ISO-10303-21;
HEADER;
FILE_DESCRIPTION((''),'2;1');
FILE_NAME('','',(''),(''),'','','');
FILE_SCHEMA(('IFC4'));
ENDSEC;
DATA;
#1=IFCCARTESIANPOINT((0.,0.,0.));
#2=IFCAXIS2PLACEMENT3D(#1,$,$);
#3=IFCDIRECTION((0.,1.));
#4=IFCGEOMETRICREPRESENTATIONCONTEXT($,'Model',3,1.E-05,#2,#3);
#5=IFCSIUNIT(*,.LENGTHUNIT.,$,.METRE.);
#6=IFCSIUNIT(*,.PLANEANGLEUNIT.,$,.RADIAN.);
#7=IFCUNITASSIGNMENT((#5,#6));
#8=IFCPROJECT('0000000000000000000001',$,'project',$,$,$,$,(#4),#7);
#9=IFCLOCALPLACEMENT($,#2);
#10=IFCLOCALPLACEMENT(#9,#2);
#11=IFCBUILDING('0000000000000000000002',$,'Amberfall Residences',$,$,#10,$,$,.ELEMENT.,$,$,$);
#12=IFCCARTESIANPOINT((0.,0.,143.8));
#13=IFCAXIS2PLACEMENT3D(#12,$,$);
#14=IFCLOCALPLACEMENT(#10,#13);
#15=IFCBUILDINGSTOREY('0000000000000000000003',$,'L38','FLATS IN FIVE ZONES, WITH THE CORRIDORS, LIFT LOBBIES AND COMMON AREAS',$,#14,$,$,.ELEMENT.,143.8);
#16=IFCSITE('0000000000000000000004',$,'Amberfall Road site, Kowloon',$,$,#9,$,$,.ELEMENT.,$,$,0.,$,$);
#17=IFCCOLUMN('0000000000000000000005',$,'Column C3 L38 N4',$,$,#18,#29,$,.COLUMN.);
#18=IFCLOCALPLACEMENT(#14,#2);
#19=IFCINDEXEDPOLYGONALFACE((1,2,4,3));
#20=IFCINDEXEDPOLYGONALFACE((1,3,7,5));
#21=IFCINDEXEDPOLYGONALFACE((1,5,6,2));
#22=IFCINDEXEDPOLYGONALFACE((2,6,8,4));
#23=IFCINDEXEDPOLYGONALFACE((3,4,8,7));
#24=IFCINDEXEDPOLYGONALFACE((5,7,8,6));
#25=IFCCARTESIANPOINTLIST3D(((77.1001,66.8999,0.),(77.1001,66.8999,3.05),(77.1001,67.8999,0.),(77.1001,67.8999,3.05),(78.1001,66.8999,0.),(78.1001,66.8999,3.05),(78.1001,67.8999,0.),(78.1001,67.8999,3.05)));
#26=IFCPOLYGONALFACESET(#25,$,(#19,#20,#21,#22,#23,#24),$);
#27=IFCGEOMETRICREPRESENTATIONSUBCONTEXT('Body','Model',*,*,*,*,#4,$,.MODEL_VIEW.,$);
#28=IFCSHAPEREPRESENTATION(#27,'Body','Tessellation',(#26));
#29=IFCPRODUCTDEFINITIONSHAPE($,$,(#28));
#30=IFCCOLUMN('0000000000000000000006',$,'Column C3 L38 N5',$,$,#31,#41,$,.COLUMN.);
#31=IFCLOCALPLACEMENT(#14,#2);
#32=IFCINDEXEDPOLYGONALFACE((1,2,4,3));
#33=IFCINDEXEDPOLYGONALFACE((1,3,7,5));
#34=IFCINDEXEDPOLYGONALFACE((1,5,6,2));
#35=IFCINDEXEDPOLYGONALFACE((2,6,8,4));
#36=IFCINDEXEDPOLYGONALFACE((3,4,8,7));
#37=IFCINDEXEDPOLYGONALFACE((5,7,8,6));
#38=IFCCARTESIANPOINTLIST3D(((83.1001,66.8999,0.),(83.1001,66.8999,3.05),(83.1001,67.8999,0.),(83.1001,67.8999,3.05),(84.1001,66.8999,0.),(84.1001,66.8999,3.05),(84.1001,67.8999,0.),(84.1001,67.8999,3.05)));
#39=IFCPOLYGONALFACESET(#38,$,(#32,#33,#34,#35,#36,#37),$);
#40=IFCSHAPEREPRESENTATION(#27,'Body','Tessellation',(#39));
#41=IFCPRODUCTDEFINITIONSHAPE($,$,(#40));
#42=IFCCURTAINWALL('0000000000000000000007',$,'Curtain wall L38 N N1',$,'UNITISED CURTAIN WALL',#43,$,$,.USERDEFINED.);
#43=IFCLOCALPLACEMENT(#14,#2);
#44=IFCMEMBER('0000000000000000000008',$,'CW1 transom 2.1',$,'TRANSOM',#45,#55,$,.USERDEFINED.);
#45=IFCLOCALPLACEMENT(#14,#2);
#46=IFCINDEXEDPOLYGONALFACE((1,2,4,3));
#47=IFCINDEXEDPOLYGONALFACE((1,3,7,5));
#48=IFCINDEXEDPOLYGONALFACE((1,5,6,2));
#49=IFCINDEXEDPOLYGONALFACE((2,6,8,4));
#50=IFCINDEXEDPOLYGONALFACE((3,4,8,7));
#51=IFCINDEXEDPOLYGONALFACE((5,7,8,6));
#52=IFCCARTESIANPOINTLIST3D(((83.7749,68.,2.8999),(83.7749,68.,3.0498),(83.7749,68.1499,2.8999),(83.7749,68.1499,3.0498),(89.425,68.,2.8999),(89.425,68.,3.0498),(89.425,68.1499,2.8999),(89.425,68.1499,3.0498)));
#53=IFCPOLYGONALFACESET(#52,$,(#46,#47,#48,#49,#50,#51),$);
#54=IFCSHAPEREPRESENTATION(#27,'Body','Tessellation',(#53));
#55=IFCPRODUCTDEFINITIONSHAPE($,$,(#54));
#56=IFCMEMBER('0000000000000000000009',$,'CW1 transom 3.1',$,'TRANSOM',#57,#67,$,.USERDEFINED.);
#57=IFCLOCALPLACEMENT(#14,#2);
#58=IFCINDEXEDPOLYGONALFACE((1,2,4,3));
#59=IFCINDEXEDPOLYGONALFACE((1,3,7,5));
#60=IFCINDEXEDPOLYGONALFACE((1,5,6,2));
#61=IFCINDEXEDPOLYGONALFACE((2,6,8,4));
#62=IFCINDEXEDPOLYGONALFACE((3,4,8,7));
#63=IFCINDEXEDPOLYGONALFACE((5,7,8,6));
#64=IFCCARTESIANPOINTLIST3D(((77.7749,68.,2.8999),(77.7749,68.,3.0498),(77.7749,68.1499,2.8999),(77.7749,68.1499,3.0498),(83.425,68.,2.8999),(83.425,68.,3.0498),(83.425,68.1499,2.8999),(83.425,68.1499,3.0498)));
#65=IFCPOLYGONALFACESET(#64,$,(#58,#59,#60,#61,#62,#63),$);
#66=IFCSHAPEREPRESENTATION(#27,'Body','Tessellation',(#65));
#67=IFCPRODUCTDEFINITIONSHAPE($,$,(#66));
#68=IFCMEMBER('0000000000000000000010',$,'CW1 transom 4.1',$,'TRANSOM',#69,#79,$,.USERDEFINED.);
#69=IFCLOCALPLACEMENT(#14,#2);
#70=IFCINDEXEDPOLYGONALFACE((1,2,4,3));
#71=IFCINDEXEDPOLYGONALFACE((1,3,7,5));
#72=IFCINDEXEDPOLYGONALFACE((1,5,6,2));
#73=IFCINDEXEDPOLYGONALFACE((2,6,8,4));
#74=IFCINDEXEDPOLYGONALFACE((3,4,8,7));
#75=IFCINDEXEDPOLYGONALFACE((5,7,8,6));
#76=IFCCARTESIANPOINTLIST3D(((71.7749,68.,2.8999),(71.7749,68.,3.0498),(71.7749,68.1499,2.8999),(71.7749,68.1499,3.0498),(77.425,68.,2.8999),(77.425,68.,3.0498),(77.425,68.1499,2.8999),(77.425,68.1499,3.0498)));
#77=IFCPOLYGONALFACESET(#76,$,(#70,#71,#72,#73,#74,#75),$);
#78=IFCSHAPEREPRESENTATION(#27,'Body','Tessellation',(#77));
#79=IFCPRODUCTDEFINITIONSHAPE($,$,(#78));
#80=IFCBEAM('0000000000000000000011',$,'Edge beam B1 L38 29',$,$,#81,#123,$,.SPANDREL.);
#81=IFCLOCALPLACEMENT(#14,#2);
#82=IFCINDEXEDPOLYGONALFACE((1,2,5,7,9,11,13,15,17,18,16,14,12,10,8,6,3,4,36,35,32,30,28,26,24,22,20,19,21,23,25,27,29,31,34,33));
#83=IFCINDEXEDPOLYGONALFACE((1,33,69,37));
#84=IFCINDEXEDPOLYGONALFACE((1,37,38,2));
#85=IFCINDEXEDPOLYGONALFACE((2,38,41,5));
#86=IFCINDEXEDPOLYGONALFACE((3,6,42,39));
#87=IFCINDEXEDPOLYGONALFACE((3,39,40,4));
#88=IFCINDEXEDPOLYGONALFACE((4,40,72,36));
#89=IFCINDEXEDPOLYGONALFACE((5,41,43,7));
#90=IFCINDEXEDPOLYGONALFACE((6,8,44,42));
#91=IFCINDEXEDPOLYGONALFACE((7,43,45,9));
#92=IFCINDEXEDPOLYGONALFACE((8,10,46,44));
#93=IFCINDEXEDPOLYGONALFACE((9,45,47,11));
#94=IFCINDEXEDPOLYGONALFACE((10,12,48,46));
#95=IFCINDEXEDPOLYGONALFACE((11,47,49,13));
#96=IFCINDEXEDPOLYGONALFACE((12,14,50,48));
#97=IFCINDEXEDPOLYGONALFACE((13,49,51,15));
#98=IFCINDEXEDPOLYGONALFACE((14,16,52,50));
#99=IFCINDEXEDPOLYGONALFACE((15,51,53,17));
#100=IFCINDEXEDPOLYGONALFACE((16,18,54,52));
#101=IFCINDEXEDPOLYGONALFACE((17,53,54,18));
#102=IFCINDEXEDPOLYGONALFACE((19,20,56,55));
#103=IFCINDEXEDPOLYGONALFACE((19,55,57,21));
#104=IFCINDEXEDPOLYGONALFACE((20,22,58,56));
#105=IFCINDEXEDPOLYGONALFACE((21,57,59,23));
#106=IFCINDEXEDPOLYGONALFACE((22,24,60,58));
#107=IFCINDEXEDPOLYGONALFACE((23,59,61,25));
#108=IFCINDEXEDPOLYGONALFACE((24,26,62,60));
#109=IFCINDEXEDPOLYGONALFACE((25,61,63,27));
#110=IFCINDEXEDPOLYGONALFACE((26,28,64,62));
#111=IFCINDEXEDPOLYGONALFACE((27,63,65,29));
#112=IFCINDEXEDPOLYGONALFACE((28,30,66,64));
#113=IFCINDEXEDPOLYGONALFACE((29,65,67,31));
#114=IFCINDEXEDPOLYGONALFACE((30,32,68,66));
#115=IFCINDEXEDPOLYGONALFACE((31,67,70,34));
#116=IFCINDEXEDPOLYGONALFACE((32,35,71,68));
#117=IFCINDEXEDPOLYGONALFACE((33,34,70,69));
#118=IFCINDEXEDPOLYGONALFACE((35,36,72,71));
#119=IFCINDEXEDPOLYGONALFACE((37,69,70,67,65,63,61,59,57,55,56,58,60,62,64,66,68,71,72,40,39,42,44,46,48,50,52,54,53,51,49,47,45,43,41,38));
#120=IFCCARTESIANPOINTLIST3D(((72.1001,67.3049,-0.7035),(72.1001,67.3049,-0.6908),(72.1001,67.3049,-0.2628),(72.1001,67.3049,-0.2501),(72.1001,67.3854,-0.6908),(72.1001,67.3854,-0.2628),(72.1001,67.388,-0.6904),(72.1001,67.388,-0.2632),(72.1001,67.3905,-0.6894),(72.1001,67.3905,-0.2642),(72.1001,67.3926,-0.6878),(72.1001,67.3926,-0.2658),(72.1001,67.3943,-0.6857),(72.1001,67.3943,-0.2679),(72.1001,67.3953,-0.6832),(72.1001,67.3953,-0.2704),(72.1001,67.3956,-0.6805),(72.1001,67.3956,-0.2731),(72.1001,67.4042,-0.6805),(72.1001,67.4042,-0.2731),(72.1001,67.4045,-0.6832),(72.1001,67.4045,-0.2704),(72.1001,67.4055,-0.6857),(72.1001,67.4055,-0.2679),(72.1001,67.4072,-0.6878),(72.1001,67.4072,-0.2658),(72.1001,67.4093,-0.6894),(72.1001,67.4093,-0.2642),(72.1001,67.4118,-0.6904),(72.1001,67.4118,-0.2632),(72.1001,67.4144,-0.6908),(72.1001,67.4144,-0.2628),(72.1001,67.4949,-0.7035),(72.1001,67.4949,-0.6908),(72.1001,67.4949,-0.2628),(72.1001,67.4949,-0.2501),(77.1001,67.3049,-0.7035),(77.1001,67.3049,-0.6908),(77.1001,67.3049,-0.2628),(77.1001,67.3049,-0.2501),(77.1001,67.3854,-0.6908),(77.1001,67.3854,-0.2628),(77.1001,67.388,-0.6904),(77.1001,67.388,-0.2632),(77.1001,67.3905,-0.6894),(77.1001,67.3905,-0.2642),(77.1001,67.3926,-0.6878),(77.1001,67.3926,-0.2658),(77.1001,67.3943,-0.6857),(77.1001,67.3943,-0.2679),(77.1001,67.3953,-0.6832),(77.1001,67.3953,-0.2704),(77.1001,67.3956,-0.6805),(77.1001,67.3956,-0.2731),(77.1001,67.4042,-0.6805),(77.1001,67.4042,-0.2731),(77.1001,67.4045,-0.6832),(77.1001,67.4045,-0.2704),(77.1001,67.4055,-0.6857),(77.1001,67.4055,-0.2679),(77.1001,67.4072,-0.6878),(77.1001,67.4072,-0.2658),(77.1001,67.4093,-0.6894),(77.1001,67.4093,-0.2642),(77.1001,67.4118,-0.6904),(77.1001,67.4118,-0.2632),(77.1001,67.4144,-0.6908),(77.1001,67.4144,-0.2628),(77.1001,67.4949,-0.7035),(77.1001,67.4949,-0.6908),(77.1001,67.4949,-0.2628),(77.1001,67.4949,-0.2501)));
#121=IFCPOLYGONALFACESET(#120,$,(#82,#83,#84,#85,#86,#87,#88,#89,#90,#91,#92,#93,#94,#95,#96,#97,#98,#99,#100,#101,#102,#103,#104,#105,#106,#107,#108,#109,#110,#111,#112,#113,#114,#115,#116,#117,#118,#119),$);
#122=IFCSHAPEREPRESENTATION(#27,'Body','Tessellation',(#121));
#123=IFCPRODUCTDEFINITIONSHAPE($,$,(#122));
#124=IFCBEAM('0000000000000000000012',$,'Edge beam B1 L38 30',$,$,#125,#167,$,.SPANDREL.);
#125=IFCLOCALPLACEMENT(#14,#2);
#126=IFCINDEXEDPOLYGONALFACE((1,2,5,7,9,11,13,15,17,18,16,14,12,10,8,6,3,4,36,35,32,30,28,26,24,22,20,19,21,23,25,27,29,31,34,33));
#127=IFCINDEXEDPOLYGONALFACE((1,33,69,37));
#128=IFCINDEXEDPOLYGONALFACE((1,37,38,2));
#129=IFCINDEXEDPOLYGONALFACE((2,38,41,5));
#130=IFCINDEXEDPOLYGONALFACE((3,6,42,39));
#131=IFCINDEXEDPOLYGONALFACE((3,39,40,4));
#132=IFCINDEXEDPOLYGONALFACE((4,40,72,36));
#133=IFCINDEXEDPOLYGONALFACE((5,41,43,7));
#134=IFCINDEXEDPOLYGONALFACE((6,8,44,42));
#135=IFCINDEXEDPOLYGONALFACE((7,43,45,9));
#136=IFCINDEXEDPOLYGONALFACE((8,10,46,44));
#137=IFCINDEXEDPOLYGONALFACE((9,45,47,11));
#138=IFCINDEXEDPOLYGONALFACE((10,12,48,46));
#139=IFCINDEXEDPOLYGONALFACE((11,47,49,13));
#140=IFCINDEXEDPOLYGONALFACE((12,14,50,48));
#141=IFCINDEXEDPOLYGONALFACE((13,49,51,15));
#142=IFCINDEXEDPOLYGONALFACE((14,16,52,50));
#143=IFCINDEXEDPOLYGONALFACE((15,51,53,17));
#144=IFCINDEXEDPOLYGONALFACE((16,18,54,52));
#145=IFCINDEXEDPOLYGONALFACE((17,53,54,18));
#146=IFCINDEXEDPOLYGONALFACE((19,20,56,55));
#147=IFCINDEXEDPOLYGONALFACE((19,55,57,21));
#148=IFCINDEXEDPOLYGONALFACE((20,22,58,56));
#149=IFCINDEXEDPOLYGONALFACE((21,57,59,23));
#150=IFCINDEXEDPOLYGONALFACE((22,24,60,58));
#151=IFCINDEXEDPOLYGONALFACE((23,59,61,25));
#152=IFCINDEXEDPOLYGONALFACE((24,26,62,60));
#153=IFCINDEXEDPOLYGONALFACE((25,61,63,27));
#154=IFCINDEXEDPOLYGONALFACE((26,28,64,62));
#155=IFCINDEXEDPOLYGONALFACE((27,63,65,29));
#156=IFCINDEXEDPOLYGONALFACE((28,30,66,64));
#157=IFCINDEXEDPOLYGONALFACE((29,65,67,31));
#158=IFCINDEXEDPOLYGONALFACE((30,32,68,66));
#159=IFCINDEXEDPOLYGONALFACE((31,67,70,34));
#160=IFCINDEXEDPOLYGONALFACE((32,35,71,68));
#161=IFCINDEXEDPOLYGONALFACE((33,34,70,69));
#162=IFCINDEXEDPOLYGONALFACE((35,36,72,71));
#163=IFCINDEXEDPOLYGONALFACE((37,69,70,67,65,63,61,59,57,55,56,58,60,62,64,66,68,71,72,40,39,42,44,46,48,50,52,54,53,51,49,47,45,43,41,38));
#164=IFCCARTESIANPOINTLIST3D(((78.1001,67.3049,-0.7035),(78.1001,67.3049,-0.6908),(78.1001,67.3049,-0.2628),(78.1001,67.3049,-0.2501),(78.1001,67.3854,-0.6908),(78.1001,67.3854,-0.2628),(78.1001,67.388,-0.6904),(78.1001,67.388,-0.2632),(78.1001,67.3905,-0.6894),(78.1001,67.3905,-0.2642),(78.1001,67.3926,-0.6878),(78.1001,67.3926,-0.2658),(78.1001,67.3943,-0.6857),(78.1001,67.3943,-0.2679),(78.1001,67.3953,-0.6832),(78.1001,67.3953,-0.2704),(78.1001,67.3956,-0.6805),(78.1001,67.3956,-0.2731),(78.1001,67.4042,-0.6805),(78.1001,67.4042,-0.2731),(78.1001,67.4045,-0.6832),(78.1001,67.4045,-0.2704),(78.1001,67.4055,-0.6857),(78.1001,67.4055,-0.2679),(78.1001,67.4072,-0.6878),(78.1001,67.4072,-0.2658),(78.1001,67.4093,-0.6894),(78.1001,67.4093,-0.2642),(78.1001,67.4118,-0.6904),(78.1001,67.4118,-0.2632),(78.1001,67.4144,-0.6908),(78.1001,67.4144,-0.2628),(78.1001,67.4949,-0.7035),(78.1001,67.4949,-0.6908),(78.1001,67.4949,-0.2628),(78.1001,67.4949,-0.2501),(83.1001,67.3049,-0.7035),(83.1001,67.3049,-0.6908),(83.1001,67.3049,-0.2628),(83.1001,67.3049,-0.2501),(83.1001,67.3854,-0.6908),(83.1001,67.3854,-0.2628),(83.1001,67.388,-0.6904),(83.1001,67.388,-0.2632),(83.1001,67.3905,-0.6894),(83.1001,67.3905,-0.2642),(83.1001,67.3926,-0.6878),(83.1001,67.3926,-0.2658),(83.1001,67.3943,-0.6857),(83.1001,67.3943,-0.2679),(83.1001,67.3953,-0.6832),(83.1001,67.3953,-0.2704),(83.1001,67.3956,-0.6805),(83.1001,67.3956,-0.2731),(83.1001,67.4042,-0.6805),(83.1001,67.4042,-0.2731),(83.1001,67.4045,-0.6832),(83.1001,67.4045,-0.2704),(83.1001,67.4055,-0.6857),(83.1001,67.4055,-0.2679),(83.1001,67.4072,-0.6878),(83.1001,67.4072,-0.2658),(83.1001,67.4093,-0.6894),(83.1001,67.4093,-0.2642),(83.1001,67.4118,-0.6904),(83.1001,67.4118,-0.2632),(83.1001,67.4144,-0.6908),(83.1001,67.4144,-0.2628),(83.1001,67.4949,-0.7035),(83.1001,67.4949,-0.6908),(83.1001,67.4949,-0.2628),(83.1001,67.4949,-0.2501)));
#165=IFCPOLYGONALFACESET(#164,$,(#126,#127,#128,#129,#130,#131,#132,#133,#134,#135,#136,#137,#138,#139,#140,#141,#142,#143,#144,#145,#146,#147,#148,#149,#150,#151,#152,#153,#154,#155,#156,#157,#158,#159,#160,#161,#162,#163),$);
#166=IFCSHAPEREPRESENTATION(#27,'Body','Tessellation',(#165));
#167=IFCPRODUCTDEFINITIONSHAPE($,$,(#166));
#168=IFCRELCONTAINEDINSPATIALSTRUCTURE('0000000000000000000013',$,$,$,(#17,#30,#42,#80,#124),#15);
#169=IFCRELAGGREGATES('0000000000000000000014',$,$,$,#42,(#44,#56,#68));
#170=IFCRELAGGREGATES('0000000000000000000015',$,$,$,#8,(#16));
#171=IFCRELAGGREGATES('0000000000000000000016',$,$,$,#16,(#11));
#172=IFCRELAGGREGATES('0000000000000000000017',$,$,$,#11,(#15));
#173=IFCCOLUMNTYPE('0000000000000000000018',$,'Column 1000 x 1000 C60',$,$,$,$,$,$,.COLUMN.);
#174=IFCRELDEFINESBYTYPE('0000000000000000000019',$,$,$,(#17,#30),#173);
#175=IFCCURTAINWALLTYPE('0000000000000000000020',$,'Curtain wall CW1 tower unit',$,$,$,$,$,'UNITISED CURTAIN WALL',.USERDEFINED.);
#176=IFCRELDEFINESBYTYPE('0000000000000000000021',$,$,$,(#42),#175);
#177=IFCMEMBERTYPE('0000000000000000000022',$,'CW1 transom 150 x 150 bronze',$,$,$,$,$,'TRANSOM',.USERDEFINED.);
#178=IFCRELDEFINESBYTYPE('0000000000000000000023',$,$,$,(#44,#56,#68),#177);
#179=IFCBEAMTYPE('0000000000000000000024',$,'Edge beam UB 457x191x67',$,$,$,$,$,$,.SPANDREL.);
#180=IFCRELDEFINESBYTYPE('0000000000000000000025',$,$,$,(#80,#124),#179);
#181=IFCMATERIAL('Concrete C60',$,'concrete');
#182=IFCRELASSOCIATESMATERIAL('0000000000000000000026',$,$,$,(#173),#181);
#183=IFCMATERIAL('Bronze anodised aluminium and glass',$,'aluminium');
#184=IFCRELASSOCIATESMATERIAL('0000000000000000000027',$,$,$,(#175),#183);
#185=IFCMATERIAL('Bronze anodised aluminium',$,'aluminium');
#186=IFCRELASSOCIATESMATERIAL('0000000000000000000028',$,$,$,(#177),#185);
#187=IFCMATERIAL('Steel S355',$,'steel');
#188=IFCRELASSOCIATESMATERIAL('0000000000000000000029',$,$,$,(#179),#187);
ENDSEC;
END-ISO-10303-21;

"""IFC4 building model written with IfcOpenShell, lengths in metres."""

from ifc_helpers import new_model, si_unit, direction, frame, origin, origin_2d, place, context, subcontext, project, spatial, rectangle, i_section, extrude, material, material_profile, profile_set, type_object, element, aggregate, save


model = new_model("IFC4")

# Units and contexts
model_context = context("Model", 3, precision=1e-05, world=origin(), true_north=direction((0.0, 1.0)))
body_context = subcontext(model_context, "Body", "Model", "MODEL_VIEW")
ifc_project = project(units=[si_unit("LENGTHUNIT", "METRE"), si_unit("PLANEANGLEUNIT", "RADIAN")], contexts=[model_context])

# Site, building, storey
site_placement = place(None, origin())
site = spatial("IfcSite", under=ifc_project, at=site_placement, Name="Amberfall Road site, Kowloon", CompositionType="ELEMENT", RefElevation=0.0)
building_placement = place(site_placement, origin())
building = spatial("IfcBuilding", under=site, at=building_placement, Name="Amberfall Residences", CompositionType="ELEMENT")
storey_placement = place(building_placement, frame((0.0, 0.0, 143.8)))
storey = spatial("IfcBuildingStorey", under=building, at=storey_placement, Name="L38", Description="FLATS IN FIVE ZONES, WITH THE CORRIDORS, LIFT LOBBIES AND COMMON AREAS", CompositionType="ELEMENT", Elevation=143.8)

# Columns
ifc_material_1 = material(Name="Concrete C60", Category="concrete")
ifc_material_profile_1 = material_profile(ifc_material_1, rectangle(XDim=1.0, YDim=1.0, at=origin_2d()), Name="Column 1000 x 1000 C60")
ifc_profile_set_1 = profile_set([ifc_material_profile_1], Name="Concrete C60")
column_type = type_object("IfcColumnType", Name="Column 1000 x 1000 C60", PredefinedType="COLUMN", material=ifc_profile_set_1)
for number, where, z_axis, x_axis, name in (
    (1, (77.6001, 67.3999, 0.0), (0.0, 0.0, 1.0), (1.0, 0.0, 0.0), "Column C3 L38 N4"),
    (2, (83.6001, 67.3999, 0.0), (0.0, 0.0, 1.0), (1.0, 0.0, 0.0), "Column C3 L38 N5"),
):
    element("IfcColumn", number, at=place(storey_placement, frame(where, z_axis=z_axis, x_axis=x_axis)), inside=storey, type_object=column_type, Name=name, PredefinedType="COLUMN", context=body_context, shape_type="SweptSolid", body=[
        extrude(rectangle(XDim=1.0, YDim=1.0, at=origin_2d()), origin(), (0.0, 0.0, 1.0), 3.05),
    ])

# Curtain wall, members
ifc_material_2 = material(Name="Bronze anodised aluminium and glass", Category="aluminium")
curtain_wall_type = type_object("IfcCurtainWallType", Name="Curtain wall CW1 tower unit", ElementType="UNITISED CURTAIN WALL", PredefinedType="USERDEFINED", material=ifc_material_2)
curtain_wall_placement = place(storey_placement, origin())
curtain_wall = element("IfcCurtainWall", 3, at=curtain_wall_placement, inside=storey, type_object=curtain_wall_type, Name="Curtain wall L38 N N1", ObjectType="UNITISED CURTAIN WALL", PredefinedType="USERDEFINED")
ifc_material_3 = material(Name="Bronze anodised aluminium", Category="aluminium")
ifc_material_profile_2 = material_profile(ifc_material_3, rectangle(XDim=0.1499, YDim=0.1499, at=origin_2d()), Name="CW1 transom 150 x 150 bronze")
ifc_profile_set_2 = profile_set([ifc_material_profile_2], Name="Bronze anodised aluminium")
member_type_1 = type_object("IfcMemberType", Name="CW1 transom 150 x 150 bronze", ElementType="TRANSOM", PredefinedType="USERDEFINED", material=ifc_profile_set_2)
member_1_placement = place(storey_placement, frame((89.425, 68.075, 2.9749), z_axis=(-1.0, 0.0, 0.0), x_axis=(0.0, -1.0, 0.0)))
member_1 = element("IfcMember", 4, at=member_1_placement, type_object=member_type_1, Name="CW1 transom 2.1", ObjectType="TRANSOM", PredefinedType="USERDEFINED", context=body_context, shape_type="SweptSolid", body=[
    extrude(rectangle(XDim=0.1499, YDim=0.1499, at=origin_2d()), origin(), (0.0, 0.0, 1.0), 5.6501),
])
member_2_placement = place(storey_placement, frame((83.425, 68.075, 2.9749), z_axis=(-1.0, 0.0, 0.0), x_axis=(0.0, -1.0, 0.0)))
member_2 = element("IfcMember", 5, at=member_2_placement, type_object=member_type_1, Name="CW1 transom 3.1", ObjectType="TRANSOM", PredefinedType="USERDEFINED", context=body_context, shape_type="SweptSolid", body=[
    extrude(rectangle(XDim=0.1499, YDim=0.1499, at=origin_2d()), origin(), (0.0, 0.0, 1.0), 5.6501),
])
member_3_placement = place(storey_placement, frame((77.425, 68.075, 2.9749), z_axis=(-1.0, 0.0, 0.0), x_axis=(0.0, -1.0, 0.0)))
member_3 = element("IfcMember", 6, at=member_3_placement, type_object=member_type_1, Name="CW1 transom 4.1", ObjectType="TRANSOM", PredefinedType="USERDEFINED", context=body_context, shape_type="SweptSolid", body=[
    extrude(rectangle(XDim=0.1499, YDim=0.1499, at=origin_2d()), origin(), (0.0, 0.0, 1.0), 5.6501),
])

# Beams
ifc_material_4 = material(Name="Steel S355", Category="steel")
ifc_material_profile_3 = material_profile(ifc_material_4, i_section(OverallWidth=0.1899, OverallDepth=0.4534, WebThickness=0.0085, FlangeThickness=0.0127, FilletRadius=0.0103, at=origin_2d()), Name="UB 457x191x67")
ifc_profile_set_3 = profile_set([ifc_material_profile_3], Name="Steel S355")
beam_type_1 = type_object("IfcBeamType", Name="Edge beam UB 457x191x67", PredefinedType="SPANDREL", material=ifc_profile_set_3)
for number, where, z_axis, x_axis, name in (
    (7, (72.1001, 67.3999, -0.4768), (1.0, 0.0, 0.0), (0.0, 1.0, 0.0), "Edge beam B1 L38 29"),
    (8, (78.1001, 67.3999, -0.4768), (1.0, 0.0, 0.0), (0.0, 1.0, 0.0), "Edge beam B1 L38 30"),
):
    element("IfcBeam", number, at=place(storey_placement, frame(where, z_axis=z_axis, x_axis=x_axis)), inside=storey, type_object=beam_type_1, Name=name, PredefinedType="SPANDREL", context=body_context, shape_type="SweptSolid", body=[
        extrude(i_section(OverallWidth=0.1899, OverallDepth=0.4534, WebThickness=0.0085, FlangeThickness=0.0127, FilletRadius=0.0103, at=origin_2d()), origin(), (0.0, 0.0, 1.0), 5.0),
    ])

aggregate(curtain_wall, [member_1, member_2, member_3])

save(model, "model.ifc")
